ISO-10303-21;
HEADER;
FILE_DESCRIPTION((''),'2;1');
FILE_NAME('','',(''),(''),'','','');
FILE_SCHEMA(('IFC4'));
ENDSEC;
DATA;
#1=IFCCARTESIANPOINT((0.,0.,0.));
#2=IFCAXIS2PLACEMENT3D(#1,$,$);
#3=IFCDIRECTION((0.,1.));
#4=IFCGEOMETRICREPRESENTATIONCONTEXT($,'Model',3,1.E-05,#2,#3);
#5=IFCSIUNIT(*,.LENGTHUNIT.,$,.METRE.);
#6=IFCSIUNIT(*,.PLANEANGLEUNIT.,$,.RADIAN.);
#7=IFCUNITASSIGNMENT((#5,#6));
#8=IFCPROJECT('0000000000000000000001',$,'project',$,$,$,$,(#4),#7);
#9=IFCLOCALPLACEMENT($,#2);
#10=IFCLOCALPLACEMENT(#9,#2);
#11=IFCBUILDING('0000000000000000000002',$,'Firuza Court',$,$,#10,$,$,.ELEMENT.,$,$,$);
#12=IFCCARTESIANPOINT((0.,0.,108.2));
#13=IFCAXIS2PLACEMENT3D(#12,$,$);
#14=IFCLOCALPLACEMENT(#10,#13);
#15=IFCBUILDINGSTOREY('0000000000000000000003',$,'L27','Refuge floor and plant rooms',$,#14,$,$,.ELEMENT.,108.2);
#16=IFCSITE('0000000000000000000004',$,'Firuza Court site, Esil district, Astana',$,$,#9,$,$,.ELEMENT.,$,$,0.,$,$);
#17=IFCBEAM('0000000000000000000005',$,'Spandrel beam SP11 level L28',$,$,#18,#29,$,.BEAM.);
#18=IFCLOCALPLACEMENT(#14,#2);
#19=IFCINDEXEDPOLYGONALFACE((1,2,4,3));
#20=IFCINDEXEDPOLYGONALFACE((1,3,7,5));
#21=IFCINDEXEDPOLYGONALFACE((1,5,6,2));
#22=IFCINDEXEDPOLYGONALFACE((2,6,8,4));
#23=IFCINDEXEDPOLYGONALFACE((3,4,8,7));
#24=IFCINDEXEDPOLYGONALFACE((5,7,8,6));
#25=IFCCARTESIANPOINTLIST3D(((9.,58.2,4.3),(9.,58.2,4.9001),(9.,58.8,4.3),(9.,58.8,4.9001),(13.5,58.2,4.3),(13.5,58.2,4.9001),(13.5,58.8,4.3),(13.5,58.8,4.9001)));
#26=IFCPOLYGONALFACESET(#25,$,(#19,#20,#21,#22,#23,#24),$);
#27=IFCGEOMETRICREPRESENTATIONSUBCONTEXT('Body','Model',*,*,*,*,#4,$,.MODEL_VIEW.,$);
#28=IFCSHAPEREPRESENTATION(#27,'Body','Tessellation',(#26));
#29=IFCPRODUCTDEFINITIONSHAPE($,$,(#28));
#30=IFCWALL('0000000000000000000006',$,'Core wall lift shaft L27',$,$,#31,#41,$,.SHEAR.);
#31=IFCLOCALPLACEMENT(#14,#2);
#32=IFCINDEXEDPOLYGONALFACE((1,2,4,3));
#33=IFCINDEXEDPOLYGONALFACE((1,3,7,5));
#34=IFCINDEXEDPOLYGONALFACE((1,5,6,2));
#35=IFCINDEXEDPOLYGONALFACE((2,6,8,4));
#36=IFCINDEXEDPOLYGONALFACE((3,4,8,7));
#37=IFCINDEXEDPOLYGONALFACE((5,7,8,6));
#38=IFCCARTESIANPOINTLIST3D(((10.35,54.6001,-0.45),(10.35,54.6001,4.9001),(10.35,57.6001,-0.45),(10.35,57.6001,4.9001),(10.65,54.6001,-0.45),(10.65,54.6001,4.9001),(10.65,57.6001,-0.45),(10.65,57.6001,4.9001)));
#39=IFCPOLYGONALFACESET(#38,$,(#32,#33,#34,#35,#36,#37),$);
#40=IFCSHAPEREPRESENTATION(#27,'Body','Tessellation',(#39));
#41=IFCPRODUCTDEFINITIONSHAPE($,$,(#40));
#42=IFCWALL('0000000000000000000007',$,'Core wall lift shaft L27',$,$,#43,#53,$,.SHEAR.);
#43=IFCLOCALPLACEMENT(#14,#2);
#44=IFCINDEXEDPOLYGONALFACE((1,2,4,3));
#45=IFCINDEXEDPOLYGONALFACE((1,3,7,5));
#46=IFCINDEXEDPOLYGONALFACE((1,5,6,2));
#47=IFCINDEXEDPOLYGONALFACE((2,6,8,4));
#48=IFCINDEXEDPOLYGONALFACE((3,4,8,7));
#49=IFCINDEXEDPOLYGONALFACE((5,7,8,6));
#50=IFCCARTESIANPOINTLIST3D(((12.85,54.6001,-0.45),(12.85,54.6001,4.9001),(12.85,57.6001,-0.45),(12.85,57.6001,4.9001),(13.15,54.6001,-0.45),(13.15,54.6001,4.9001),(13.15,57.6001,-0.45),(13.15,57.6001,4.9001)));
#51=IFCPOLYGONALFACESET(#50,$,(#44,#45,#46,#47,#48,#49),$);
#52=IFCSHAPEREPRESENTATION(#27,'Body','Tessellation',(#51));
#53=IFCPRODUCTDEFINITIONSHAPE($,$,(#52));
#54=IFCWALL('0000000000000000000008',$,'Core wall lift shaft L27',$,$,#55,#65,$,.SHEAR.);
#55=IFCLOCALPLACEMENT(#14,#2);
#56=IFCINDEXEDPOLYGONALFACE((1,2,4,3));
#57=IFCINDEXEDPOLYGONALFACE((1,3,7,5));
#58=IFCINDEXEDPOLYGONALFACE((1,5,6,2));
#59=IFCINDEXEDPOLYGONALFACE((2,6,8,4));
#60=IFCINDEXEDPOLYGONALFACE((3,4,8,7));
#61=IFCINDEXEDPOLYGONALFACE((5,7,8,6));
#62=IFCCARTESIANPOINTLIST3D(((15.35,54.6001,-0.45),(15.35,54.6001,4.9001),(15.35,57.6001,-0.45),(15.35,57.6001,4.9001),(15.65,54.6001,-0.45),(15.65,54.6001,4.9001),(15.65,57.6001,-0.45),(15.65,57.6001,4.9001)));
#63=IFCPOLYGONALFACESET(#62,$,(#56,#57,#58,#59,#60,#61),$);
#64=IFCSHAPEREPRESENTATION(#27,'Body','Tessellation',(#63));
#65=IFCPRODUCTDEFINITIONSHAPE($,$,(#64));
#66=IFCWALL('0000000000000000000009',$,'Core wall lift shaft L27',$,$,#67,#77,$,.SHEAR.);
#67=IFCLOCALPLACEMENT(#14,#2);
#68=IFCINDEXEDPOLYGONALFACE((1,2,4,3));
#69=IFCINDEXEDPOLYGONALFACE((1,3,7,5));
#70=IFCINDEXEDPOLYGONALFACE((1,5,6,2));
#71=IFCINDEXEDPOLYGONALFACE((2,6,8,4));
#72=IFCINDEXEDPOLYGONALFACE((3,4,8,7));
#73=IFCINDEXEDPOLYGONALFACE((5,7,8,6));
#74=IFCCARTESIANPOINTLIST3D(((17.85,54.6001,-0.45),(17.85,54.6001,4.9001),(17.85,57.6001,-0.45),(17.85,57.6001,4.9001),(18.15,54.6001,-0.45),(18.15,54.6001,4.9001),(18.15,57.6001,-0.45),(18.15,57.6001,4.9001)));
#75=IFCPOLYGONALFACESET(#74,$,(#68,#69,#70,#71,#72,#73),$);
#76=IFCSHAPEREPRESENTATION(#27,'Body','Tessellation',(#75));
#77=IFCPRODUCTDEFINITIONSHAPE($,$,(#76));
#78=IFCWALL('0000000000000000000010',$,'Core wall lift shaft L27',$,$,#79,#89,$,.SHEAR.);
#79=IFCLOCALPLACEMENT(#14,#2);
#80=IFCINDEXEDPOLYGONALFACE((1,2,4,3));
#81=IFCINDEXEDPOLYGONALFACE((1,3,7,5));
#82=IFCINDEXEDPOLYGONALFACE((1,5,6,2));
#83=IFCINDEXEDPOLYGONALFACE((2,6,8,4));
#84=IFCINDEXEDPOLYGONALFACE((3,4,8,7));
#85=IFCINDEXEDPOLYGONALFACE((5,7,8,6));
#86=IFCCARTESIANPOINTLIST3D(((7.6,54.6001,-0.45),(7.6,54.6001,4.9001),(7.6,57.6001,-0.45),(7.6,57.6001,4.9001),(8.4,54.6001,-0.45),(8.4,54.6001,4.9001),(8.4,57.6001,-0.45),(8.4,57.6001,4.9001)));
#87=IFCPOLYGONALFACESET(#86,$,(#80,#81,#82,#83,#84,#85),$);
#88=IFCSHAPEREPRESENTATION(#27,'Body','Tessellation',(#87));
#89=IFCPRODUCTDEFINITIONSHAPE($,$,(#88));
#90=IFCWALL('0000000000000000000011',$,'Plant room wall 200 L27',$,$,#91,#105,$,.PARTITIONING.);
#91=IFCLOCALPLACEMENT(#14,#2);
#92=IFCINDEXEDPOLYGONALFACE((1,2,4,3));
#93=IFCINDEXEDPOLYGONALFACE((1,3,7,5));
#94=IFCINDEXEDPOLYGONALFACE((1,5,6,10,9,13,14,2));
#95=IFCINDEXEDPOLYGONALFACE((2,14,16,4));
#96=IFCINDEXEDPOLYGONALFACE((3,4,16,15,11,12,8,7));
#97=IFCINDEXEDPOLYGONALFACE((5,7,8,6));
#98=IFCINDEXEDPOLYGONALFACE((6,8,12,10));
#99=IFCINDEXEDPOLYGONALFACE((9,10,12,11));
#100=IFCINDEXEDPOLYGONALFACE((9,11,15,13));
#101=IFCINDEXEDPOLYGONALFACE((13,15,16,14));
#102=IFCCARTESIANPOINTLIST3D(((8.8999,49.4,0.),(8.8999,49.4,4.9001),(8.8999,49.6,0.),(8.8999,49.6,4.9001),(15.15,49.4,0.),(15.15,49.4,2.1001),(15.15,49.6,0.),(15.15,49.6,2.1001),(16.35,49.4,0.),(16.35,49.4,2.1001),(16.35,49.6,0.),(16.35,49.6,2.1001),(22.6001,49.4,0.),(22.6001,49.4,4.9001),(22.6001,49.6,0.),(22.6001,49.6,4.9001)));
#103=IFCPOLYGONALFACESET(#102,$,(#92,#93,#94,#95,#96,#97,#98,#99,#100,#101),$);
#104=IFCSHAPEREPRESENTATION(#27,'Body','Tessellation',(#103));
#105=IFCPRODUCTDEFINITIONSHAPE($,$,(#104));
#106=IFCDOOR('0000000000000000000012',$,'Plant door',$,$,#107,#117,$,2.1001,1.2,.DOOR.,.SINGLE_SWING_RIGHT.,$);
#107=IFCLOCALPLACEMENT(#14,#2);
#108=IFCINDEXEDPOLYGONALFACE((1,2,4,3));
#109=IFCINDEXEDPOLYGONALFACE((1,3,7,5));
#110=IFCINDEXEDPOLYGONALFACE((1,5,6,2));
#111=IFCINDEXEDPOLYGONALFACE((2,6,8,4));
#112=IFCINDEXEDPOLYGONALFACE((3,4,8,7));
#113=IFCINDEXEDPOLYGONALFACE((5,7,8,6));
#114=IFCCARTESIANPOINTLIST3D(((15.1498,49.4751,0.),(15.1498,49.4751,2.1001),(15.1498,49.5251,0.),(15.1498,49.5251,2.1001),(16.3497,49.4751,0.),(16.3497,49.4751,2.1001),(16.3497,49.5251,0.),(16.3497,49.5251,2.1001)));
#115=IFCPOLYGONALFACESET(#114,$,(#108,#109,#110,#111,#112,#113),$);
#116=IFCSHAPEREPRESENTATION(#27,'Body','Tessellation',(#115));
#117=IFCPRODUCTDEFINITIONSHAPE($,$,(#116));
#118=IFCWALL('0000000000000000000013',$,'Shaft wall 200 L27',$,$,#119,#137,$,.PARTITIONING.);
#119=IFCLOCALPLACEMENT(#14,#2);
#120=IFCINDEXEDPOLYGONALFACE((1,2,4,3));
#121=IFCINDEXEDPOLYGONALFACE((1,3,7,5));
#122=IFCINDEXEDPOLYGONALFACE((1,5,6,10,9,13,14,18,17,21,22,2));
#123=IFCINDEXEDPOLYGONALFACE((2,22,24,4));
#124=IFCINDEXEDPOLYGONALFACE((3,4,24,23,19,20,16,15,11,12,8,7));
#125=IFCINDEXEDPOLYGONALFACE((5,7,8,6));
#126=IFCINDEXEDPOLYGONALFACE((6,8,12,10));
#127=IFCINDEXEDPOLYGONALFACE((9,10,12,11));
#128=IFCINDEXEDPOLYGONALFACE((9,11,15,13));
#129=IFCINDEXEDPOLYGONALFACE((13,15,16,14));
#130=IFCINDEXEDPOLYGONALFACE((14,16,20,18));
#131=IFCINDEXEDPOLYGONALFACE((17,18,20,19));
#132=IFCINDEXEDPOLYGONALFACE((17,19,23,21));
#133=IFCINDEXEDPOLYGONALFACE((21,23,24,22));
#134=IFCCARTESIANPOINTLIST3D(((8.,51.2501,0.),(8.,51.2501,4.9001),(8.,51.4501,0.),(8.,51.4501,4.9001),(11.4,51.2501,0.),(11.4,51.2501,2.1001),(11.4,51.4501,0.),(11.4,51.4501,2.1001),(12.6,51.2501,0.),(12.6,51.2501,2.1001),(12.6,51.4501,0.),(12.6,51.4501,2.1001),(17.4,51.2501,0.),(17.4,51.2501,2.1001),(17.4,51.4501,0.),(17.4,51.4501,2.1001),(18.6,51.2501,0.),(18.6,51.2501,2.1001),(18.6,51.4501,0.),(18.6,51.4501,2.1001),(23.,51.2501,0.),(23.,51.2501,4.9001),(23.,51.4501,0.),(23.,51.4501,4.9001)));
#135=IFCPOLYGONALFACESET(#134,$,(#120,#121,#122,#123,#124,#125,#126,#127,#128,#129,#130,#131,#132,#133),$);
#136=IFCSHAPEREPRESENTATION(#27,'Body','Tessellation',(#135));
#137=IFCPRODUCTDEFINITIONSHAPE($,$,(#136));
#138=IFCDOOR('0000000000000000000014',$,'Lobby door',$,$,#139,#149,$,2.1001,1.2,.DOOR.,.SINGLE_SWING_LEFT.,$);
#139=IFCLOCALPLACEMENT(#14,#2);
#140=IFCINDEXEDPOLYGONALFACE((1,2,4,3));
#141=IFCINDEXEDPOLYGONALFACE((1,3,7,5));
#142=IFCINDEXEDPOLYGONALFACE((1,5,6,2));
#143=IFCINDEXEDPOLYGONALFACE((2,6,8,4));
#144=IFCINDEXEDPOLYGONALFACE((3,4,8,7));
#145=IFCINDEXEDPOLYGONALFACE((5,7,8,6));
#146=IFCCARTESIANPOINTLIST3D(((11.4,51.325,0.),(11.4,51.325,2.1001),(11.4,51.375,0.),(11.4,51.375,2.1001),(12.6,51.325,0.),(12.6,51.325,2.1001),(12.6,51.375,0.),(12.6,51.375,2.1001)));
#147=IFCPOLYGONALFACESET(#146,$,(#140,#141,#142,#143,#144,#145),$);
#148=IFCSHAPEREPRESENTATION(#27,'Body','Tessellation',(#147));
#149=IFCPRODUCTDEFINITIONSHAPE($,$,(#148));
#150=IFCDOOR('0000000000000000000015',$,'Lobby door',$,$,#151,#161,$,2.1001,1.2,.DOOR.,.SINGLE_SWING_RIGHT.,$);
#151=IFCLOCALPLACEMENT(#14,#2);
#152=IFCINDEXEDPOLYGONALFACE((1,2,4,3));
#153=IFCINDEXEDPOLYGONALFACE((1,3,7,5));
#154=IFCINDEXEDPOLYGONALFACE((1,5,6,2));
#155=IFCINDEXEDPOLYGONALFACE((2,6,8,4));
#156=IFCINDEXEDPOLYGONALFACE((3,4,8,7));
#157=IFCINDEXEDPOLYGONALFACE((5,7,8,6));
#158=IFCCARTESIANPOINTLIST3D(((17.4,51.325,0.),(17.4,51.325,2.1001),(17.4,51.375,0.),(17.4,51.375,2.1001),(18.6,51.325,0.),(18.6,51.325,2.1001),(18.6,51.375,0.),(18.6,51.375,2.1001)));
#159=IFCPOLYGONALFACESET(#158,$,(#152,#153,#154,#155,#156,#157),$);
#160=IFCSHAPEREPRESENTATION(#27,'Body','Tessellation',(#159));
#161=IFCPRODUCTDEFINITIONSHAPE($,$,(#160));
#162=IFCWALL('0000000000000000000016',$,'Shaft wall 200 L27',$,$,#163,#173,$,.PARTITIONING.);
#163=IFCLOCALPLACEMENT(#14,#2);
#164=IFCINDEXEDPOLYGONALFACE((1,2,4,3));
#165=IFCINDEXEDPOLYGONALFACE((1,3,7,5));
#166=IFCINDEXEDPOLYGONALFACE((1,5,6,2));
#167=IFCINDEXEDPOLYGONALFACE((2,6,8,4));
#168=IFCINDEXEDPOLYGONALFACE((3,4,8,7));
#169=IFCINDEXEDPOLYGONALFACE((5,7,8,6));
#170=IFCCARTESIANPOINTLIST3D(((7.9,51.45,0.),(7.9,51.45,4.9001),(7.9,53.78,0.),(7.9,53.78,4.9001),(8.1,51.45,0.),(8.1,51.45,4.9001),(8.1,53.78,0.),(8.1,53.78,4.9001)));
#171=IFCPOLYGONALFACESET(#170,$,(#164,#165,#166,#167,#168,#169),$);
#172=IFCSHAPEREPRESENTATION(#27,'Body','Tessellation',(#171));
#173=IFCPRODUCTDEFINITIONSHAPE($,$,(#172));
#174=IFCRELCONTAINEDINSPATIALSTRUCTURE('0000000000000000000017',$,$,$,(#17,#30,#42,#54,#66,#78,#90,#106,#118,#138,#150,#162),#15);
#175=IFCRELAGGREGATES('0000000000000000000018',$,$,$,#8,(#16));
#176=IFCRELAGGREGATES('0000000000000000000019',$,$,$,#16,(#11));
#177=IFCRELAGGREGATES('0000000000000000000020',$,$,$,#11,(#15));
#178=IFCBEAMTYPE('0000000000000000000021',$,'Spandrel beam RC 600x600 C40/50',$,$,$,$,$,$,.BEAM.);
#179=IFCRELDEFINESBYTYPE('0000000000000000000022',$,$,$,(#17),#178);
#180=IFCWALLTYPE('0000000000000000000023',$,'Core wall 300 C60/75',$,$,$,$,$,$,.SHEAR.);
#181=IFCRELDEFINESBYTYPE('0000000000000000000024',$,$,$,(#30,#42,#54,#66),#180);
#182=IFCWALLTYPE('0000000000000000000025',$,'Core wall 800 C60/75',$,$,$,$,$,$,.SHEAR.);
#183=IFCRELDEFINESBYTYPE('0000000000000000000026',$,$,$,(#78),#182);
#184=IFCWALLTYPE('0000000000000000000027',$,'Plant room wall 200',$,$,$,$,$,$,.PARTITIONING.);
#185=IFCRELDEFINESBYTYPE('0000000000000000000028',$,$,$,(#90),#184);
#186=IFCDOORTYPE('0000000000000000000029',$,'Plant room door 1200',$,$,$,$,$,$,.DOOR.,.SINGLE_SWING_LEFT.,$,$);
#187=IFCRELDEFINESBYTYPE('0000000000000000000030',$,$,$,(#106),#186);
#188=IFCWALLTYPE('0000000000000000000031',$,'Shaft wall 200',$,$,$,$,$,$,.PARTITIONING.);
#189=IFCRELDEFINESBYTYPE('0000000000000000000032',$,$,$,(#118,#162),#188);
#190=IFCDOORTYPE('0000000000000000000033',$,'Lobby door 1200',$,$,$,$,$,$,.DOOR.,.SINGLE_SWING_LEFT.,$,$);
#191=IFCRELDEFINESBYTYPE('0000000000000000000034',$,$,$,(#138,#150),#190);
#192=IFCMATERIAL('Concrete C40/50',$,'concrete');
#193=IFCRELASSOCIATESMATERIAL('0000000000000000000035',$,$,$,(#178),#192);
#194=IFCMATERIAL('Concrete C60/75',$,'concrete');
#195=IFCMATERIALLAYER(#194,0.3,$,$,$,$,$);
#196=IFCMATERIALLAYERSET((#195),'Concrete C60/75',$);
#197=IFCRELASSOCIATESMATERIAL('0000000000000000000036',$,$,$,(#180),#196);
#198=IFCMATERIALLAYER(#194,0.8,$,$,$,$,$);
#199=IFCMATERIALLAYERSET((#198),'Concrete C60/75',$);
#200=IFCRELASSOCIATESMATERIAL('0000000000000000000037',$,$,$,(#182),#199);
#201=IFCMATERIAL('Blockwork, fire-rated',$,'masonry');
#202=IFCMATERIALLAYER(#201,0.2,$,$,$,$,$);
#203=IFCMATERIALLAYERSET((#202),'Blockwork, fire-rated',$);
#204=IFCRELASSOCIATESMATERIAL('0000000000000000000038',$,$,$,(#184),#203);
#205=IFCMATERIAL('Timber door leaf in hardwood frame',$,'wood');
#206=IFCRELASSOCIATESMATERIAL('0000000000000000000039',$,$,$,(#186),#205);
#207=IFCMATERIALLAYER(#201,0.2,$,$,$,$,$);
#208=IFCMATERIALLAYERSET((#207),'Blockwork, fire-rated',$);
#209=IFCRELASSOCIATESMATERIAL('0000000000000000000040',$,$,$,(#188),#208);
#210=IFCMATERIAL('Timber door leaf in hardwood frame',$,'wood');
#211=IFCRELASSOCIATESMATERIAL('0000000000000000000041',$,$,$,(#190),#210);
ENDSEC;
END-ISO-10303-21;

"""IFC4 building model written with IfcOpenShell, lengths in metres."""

from ifc_helpers import new_model, si_unit, direction, frame, frame_2d, origin, origin_2d, place, context, subcontext, project, spatial, rectangle, extrude, material, layer, layer_set, material_profile, profile_set, type_object, element, fill, save


model = new_model("IFC4")

# Units and contexts
model_context = context("Model", 3, precision=1e-05, world=origin(), true_north=direction((0.0, 1.0)))
body_context = subcontext(model_context, "Body", "Model", "MODEL_VIEW")
ifc_project = project(units=[si_unit("LENGTHUNIT", "METRE"), si_unit("PLANEANGLEUNIT", "RADIAN")], contexts=[model_context])

# Site, building, storey
site_placement = place(None, origin())
site = spatial("IfcSite", under=ifc_project, at=site_placement, Name="Firuza Court site, Esil district, Astana", CompositionType="ELEMENT", RefElevation=0.0)
building_placement = place(site_placement, origin())
building = spatial("IfcBuilding", under=site, at=building_placement, Name="Firuza Court", CompositionType="ELEMENT")
storey_placement = place(building_placement, frame((0.0, 0.0, 108.2)))
storey = spatial("IfcBuildingStorey", under=building, at=storey_placement, Name="L27", Description="Refuge floor and plant rooms", CompositionType="ELEMENT", Elevation=108.2)

# Beam
ifc_material_1 = material(Name="Concrete C40/50", Category="concrete")
ifc_material_profile_1 = material_profile(ifc_material_1, rectangle(XDim=0.6001, YDim=0.6001, at=origin_2d()), Name="RC 600x600")
ifc_profile_set_1 = profile_set([ifc_material_profile_1], Name="Concrete C40/50")
beam_type = type_object("IfcBeamType", Name="Spandrel beam RC 600x600 C40/50", PredefinedType="BEAM", material=ifc_profile_set_1)
for number, where, z_axis, x_axis, name in (
    (1, (13.5, 58.5, 4.6001), (-1.0, 0.0, 0.0), (0.0, -1.0, 0.0), "Spandrel beam SP11 level L28"),
):
    element("IfcBeam", number, at=place(storey_placement, frame(where, z_axis=z_axis, x_axis=x_axis)), inside=storey, type_object=beam_type, Name=name, PredefinedType="BEAM", context=body_context, shape_type="SweptSolid", body=[
        extrude(rectangle(XDim=0.6001, YDim=0.6001, at=origin_2d()), origin(), (0.0, 0.0, 1.0), 4.5),
    ])

# Walls
ifc_material_2 = material(Name="Concrete C60/75", Category="concrete")
ifc_layer_1 = layer(ifc_material_2, 0.3)
ifc_layer_set_1 = layer_set([ifc_layer_1], Name="Concrete C60/75")
wall_type_1 = type_object("IfcWallType", Name="Core wall 300 C60/75", PredefinedType="SHEAR", material=ifc_layer_set_1)
for number, where, z_axis, x_axis, name in (
    (2, (10.5, 54.6001, -0.45), (0.0, 0.0, 1.0), (0.0, 1.0, 0.0), "Core wall lift shaft L27"),
    (3, (13.0, 54.6001, -0.45), (0.0, 0.0, 1.0), (0.0, 1.0, 0.0), "Core wall lift shaft L27"),
    (4, (15.5, 54.6001, -0.45), (0.0, 0.0, 1.0), (0.0, 1.0, 0.0), "Core wall lift shaft L27"),
    (5, (18.0, 54.6001, -0.45), (0.0, 0.0, 1.0), (0.0, 1.0, 0.0), "Core wall lift shaft L27"),
):
    element("IfcWall", number, at=place(storey_placement, frame(where, z_axis=z_axis, x_axis=x_axis)), inside=storey, type_object=wall_type_1, Name=name, PredefinedType="SHEAR", context=body_context, shape_type="SweptSolid", body=[
        extrude(rectangle(XDim=3.0, YDim=0.3, at=frame_2d((1.5, 0.0))), origin(), (0.0, 0.0, 1.0), 5.3501),
    ])
ifc_layer_2 = layer(ifc_material_2, 0.8)
ifc_layer_set_2 = layer_set([ifc_layer_2], Name="Concrete C60/75")
wall_type_2 = type_object("IfcWallType", Name="Core wall 800 C60/75", PredefinedType="SHEAR", material=ifc_layer_set_2)
wall_1_placement = place(storey_placement, frame((8.0, 54.6001, -0.45), z_axis=(0.0, 0.0, 1.0), x_axis=(0.0, 1.0, 0.0)))
element("IfcWall", 6, at=wall_1_placement, inside=storey, type_object=wall_type_2, Name="Core wall lift shaft L27", PredefinedType="SHEAR", context=body_context, shape_type="SweptSolid", body=[
    extrude(rectangle(XDim=3.0, YDim=0.8, at=frame_2d((1.5, 0.0))), origin(), (0.0, 0.0, 1.0), 5.3501),
])

# Wall, opening, door
ifc_material_3 = material(Name="Blockwork, fire-rated", Category="masonry")
ifc_layer_3 = layer(ifc_material_3, 0.2)
ifc_layer_set_3 = layer_set([ifc_layer_3], Name="Blockwork, fire-rated")
wall_type_3 = type_object("IfcWallType", Name="Plant room wall 200", PredefinedType="PARTITIONING", material=ifc_layer_set_3)
wall_2_placement = place(storey_placement, frame((8.8999, 49.5, 0.0), z_axis=(0.0, 0.0, 1.0), x_axis=(1.0, 0.0, 0.0)))
wall_2 = element("IfcWall", 7, at=wall_2_placement, inside=storey, type_object=wall_type_3, Name="Plant room wall 200 L27", PredefinedType="PARTITIONING", context=body_context, shape_type="SweptSolid", body=[
    extrude(rectangle(XDim=13.7002, YDim=0.2, at=frame_2d((6.8501, 0.0))), origin(), (0.0, 0.0, 1.0), 4.9001),
])
opening_1_placement = place(wall_2_placement, frame((6.25, 0.0, 0.0)))
opening_1 = element("IfcOpeningElement", 8, at=opening_1_placement, cuts=wall_2, PredefinedType="OPENING", context=body_context, shape_type="SweptSolid", body=[
    extrude(rectangle(XDim=1.2, YDim=2.1001, at=frame_2d((0.6001, 1.05))), frame((0.0, 0.1118, 0.0), z_axis=(0.0, -1.0, 0.0), x_axis=(1.0, 0.0, 0.0)), (0.0, 0.0, 1.0), 0.2239),
])
ifc_material_4 = material(Name="Timber door leaf in hardwood frame", Category="wood")
door_type_1 = type_object("IfcDoorType", Name="Plant room door 1200", OperationType="SINGLE_SWING_LEFT", PredefinedType="DOOR", material=ifc_material_4)
door_1_placement = place(opening_1_placement, frame((1.2, 0.0, 0.0), z_axis=(0.0, 0.0, 1.0), x_axis=(-1.0, 0.0, 0.0)))
door_1 = element("IfcDoor", 9, at=door_1_placement, inside=storey, type_object=door_type_1, Name="Plant door", OperationType="SINGLE_SWING_RIGHT", OverallHeight=2.1001, OverallWidth=1.2, PredefinedType="DOOR", context=body_context, shape_type="SweptSolid", body=[
    extrude(rectangle(XDim=1.2, YDim=2.1001, at=frame_2d((0.6001, 1.05))), frame((0.0, 0.0249, 0.0), z_axis=(0.0, -1.0, 0.0), x_axis=(1.0, 0.0, 0.0)), (0.0, 0.0, 1.0), 0.05),
])
fill(opening_1, door_1)

# Wall, openings, doors
ifc_layer_4 = layer(ifc_material_3, 0.2)
ifc_layer_set_4 = layer_set([ifc_layer_4], Name="Blockwork, fire-rated")
wall_type_4 = type_object("IfcWallType", Name="Shaft wall 200", PredefinedType="PARTITIONING", material=ifc_layer_set_4)
wall_3_placement = place(storey_placement, frame((8.0, 51.3501, 0.0), z_axis=(0.0, 0.0, 1.0), x_axis=(1.0, 0.0, 0.0)))
wall_3 = element("IfcWall", 10, at=wall_3_placement, inside=storey, type_object=wall_type_4, Name="Shaft wall 200 L27", PredefinedType="PARTITIONING", context=body_context, shape_type="SweptSolid", body=[
    extrude(rectangle(XDim=15.0, YDim=0.2, at=frame_2d((7.5, 0.0))), origin(), (0.0, 0.0, 1.0), 4.9001),
])
opening_2_placement = place(wall_3_placement, frame((3.3999, 0.0, 0.0)))
opening_2 = element("IfcOpeningElement", 11, at=opening_2_placement, cuts=wall_3, PredefinedType="OPENING", context=body_context, shape_type="SweptSolid", body=[
    extrude(rectangle(XDim=1.2, YDim=2.1001, at=frame_2d((0.6001, 1.05))), frame((0.0, 0.1118, 0.0), z_axis=(0.0, -1.0, 0.0), x_axis=(1.0, 0.0, 0.0)), (0.0, 0.0, 1.0), 0.2239),
])
opening_3_placement = place(wall_3_placement, frame((9.3999, 0.0, 0.0)))
opening_3 = element("IfcOpeningElement", 12, at=opening_3_placement, cuts=wall_3, PredefinedType="OPENING", context=body_context, shape_type="SweptSolid", body=[
    extrude(rectangle(XDim=1.2, YDim=2.1001, at=frame_2d((0.6001, 1.05))), frame((0.0, 0.1118, 0.0), z_axis=(0.0, -1.0, 0.0), x_axis=(1.0, 0.0, 0.0)), (0.0, 0.0, 1.0), 0.2239),
])
ifc_material_5 = material(Name="Timber door leaf in hardwood frame", Category="wood")
door_type_2 = type_object("IfcDoorType", Name="Lobby door 1200", OperationType="SINGLE_SWING_LEFT", PredefinedType="DOOR", material=ifc_material_5)
door_2_placement = place(opening_2_placement, origin())
door_2 = element("IfcDoor", 13, at=door_2_placement, inside=storey, type_object=door_type_2, Name="Lobby door", OperationType="SINGLE_SWING_LEFT", OverallHeight=2.1001, OverallWidth=1.2, PredefinedType="DOOR", context=body_context, shape_type="SweptSolid", body=[
    extrude(rectangle(XDim=1.2, YDim=2.1001, at=frame_2d((0.6001, 1.05))), frame((0.0, 0.0249, 0.0), z_axis=(0.0, -1.0, 0.0), x_axis=(1.0, 0.0, 0.0)), (0.0, 0.0, 1.0), 0.05),
])
fill(opening_2, door_2)
door_3_placement = place(opening_3_placement, origin())
door_3 = element("IfcDoor", 14, at=door_3_placement, inside=storey, type_object=door_type_2, Name="Lobby door", OperationType="SINGLE_SWING_RIGHT", OverallHeight=2.1001, OverallWidth=1.2, PredefinedType="DOOR", context=body_context, shape_type="SweptSolid", body=[
    extrude(rectangle(XDim=1.2, YDim=2.1001, at=frame_2d((0.6001, 1.05))), frame((0.0, 0.0249, 0.0), z_axis=(0.0, -1.0, 0.0), x_axis=(1.0, 0.0, 0.0)), (0.0, 0.0, 1.0), 0.05),
])
fill(opening_3, door_3)

# Wall
wall_4_placement = place(storey_placement, frame((8.0, 51.45, 0.0), z_axis=(0.0, 0.0, 1.0), x_axis=(0.0, 1.0, 0.0)))
element("IfcWall", 15, at=wall_4_placement, inside=storey, type_object=wall_type_4, Name="Shaft wall 200 L27", PredefinedType="PARTITIONING", context=body_context, shape_type="SweptSolid", body=[
    extrude(rectangle(XDim=2.3301, YDim=0.2, at=frame_2d((1.165, 0.0))), origin(), (0.0, 0.0, 1.0), 4.9001),
])

save(model, "model.ifc")
